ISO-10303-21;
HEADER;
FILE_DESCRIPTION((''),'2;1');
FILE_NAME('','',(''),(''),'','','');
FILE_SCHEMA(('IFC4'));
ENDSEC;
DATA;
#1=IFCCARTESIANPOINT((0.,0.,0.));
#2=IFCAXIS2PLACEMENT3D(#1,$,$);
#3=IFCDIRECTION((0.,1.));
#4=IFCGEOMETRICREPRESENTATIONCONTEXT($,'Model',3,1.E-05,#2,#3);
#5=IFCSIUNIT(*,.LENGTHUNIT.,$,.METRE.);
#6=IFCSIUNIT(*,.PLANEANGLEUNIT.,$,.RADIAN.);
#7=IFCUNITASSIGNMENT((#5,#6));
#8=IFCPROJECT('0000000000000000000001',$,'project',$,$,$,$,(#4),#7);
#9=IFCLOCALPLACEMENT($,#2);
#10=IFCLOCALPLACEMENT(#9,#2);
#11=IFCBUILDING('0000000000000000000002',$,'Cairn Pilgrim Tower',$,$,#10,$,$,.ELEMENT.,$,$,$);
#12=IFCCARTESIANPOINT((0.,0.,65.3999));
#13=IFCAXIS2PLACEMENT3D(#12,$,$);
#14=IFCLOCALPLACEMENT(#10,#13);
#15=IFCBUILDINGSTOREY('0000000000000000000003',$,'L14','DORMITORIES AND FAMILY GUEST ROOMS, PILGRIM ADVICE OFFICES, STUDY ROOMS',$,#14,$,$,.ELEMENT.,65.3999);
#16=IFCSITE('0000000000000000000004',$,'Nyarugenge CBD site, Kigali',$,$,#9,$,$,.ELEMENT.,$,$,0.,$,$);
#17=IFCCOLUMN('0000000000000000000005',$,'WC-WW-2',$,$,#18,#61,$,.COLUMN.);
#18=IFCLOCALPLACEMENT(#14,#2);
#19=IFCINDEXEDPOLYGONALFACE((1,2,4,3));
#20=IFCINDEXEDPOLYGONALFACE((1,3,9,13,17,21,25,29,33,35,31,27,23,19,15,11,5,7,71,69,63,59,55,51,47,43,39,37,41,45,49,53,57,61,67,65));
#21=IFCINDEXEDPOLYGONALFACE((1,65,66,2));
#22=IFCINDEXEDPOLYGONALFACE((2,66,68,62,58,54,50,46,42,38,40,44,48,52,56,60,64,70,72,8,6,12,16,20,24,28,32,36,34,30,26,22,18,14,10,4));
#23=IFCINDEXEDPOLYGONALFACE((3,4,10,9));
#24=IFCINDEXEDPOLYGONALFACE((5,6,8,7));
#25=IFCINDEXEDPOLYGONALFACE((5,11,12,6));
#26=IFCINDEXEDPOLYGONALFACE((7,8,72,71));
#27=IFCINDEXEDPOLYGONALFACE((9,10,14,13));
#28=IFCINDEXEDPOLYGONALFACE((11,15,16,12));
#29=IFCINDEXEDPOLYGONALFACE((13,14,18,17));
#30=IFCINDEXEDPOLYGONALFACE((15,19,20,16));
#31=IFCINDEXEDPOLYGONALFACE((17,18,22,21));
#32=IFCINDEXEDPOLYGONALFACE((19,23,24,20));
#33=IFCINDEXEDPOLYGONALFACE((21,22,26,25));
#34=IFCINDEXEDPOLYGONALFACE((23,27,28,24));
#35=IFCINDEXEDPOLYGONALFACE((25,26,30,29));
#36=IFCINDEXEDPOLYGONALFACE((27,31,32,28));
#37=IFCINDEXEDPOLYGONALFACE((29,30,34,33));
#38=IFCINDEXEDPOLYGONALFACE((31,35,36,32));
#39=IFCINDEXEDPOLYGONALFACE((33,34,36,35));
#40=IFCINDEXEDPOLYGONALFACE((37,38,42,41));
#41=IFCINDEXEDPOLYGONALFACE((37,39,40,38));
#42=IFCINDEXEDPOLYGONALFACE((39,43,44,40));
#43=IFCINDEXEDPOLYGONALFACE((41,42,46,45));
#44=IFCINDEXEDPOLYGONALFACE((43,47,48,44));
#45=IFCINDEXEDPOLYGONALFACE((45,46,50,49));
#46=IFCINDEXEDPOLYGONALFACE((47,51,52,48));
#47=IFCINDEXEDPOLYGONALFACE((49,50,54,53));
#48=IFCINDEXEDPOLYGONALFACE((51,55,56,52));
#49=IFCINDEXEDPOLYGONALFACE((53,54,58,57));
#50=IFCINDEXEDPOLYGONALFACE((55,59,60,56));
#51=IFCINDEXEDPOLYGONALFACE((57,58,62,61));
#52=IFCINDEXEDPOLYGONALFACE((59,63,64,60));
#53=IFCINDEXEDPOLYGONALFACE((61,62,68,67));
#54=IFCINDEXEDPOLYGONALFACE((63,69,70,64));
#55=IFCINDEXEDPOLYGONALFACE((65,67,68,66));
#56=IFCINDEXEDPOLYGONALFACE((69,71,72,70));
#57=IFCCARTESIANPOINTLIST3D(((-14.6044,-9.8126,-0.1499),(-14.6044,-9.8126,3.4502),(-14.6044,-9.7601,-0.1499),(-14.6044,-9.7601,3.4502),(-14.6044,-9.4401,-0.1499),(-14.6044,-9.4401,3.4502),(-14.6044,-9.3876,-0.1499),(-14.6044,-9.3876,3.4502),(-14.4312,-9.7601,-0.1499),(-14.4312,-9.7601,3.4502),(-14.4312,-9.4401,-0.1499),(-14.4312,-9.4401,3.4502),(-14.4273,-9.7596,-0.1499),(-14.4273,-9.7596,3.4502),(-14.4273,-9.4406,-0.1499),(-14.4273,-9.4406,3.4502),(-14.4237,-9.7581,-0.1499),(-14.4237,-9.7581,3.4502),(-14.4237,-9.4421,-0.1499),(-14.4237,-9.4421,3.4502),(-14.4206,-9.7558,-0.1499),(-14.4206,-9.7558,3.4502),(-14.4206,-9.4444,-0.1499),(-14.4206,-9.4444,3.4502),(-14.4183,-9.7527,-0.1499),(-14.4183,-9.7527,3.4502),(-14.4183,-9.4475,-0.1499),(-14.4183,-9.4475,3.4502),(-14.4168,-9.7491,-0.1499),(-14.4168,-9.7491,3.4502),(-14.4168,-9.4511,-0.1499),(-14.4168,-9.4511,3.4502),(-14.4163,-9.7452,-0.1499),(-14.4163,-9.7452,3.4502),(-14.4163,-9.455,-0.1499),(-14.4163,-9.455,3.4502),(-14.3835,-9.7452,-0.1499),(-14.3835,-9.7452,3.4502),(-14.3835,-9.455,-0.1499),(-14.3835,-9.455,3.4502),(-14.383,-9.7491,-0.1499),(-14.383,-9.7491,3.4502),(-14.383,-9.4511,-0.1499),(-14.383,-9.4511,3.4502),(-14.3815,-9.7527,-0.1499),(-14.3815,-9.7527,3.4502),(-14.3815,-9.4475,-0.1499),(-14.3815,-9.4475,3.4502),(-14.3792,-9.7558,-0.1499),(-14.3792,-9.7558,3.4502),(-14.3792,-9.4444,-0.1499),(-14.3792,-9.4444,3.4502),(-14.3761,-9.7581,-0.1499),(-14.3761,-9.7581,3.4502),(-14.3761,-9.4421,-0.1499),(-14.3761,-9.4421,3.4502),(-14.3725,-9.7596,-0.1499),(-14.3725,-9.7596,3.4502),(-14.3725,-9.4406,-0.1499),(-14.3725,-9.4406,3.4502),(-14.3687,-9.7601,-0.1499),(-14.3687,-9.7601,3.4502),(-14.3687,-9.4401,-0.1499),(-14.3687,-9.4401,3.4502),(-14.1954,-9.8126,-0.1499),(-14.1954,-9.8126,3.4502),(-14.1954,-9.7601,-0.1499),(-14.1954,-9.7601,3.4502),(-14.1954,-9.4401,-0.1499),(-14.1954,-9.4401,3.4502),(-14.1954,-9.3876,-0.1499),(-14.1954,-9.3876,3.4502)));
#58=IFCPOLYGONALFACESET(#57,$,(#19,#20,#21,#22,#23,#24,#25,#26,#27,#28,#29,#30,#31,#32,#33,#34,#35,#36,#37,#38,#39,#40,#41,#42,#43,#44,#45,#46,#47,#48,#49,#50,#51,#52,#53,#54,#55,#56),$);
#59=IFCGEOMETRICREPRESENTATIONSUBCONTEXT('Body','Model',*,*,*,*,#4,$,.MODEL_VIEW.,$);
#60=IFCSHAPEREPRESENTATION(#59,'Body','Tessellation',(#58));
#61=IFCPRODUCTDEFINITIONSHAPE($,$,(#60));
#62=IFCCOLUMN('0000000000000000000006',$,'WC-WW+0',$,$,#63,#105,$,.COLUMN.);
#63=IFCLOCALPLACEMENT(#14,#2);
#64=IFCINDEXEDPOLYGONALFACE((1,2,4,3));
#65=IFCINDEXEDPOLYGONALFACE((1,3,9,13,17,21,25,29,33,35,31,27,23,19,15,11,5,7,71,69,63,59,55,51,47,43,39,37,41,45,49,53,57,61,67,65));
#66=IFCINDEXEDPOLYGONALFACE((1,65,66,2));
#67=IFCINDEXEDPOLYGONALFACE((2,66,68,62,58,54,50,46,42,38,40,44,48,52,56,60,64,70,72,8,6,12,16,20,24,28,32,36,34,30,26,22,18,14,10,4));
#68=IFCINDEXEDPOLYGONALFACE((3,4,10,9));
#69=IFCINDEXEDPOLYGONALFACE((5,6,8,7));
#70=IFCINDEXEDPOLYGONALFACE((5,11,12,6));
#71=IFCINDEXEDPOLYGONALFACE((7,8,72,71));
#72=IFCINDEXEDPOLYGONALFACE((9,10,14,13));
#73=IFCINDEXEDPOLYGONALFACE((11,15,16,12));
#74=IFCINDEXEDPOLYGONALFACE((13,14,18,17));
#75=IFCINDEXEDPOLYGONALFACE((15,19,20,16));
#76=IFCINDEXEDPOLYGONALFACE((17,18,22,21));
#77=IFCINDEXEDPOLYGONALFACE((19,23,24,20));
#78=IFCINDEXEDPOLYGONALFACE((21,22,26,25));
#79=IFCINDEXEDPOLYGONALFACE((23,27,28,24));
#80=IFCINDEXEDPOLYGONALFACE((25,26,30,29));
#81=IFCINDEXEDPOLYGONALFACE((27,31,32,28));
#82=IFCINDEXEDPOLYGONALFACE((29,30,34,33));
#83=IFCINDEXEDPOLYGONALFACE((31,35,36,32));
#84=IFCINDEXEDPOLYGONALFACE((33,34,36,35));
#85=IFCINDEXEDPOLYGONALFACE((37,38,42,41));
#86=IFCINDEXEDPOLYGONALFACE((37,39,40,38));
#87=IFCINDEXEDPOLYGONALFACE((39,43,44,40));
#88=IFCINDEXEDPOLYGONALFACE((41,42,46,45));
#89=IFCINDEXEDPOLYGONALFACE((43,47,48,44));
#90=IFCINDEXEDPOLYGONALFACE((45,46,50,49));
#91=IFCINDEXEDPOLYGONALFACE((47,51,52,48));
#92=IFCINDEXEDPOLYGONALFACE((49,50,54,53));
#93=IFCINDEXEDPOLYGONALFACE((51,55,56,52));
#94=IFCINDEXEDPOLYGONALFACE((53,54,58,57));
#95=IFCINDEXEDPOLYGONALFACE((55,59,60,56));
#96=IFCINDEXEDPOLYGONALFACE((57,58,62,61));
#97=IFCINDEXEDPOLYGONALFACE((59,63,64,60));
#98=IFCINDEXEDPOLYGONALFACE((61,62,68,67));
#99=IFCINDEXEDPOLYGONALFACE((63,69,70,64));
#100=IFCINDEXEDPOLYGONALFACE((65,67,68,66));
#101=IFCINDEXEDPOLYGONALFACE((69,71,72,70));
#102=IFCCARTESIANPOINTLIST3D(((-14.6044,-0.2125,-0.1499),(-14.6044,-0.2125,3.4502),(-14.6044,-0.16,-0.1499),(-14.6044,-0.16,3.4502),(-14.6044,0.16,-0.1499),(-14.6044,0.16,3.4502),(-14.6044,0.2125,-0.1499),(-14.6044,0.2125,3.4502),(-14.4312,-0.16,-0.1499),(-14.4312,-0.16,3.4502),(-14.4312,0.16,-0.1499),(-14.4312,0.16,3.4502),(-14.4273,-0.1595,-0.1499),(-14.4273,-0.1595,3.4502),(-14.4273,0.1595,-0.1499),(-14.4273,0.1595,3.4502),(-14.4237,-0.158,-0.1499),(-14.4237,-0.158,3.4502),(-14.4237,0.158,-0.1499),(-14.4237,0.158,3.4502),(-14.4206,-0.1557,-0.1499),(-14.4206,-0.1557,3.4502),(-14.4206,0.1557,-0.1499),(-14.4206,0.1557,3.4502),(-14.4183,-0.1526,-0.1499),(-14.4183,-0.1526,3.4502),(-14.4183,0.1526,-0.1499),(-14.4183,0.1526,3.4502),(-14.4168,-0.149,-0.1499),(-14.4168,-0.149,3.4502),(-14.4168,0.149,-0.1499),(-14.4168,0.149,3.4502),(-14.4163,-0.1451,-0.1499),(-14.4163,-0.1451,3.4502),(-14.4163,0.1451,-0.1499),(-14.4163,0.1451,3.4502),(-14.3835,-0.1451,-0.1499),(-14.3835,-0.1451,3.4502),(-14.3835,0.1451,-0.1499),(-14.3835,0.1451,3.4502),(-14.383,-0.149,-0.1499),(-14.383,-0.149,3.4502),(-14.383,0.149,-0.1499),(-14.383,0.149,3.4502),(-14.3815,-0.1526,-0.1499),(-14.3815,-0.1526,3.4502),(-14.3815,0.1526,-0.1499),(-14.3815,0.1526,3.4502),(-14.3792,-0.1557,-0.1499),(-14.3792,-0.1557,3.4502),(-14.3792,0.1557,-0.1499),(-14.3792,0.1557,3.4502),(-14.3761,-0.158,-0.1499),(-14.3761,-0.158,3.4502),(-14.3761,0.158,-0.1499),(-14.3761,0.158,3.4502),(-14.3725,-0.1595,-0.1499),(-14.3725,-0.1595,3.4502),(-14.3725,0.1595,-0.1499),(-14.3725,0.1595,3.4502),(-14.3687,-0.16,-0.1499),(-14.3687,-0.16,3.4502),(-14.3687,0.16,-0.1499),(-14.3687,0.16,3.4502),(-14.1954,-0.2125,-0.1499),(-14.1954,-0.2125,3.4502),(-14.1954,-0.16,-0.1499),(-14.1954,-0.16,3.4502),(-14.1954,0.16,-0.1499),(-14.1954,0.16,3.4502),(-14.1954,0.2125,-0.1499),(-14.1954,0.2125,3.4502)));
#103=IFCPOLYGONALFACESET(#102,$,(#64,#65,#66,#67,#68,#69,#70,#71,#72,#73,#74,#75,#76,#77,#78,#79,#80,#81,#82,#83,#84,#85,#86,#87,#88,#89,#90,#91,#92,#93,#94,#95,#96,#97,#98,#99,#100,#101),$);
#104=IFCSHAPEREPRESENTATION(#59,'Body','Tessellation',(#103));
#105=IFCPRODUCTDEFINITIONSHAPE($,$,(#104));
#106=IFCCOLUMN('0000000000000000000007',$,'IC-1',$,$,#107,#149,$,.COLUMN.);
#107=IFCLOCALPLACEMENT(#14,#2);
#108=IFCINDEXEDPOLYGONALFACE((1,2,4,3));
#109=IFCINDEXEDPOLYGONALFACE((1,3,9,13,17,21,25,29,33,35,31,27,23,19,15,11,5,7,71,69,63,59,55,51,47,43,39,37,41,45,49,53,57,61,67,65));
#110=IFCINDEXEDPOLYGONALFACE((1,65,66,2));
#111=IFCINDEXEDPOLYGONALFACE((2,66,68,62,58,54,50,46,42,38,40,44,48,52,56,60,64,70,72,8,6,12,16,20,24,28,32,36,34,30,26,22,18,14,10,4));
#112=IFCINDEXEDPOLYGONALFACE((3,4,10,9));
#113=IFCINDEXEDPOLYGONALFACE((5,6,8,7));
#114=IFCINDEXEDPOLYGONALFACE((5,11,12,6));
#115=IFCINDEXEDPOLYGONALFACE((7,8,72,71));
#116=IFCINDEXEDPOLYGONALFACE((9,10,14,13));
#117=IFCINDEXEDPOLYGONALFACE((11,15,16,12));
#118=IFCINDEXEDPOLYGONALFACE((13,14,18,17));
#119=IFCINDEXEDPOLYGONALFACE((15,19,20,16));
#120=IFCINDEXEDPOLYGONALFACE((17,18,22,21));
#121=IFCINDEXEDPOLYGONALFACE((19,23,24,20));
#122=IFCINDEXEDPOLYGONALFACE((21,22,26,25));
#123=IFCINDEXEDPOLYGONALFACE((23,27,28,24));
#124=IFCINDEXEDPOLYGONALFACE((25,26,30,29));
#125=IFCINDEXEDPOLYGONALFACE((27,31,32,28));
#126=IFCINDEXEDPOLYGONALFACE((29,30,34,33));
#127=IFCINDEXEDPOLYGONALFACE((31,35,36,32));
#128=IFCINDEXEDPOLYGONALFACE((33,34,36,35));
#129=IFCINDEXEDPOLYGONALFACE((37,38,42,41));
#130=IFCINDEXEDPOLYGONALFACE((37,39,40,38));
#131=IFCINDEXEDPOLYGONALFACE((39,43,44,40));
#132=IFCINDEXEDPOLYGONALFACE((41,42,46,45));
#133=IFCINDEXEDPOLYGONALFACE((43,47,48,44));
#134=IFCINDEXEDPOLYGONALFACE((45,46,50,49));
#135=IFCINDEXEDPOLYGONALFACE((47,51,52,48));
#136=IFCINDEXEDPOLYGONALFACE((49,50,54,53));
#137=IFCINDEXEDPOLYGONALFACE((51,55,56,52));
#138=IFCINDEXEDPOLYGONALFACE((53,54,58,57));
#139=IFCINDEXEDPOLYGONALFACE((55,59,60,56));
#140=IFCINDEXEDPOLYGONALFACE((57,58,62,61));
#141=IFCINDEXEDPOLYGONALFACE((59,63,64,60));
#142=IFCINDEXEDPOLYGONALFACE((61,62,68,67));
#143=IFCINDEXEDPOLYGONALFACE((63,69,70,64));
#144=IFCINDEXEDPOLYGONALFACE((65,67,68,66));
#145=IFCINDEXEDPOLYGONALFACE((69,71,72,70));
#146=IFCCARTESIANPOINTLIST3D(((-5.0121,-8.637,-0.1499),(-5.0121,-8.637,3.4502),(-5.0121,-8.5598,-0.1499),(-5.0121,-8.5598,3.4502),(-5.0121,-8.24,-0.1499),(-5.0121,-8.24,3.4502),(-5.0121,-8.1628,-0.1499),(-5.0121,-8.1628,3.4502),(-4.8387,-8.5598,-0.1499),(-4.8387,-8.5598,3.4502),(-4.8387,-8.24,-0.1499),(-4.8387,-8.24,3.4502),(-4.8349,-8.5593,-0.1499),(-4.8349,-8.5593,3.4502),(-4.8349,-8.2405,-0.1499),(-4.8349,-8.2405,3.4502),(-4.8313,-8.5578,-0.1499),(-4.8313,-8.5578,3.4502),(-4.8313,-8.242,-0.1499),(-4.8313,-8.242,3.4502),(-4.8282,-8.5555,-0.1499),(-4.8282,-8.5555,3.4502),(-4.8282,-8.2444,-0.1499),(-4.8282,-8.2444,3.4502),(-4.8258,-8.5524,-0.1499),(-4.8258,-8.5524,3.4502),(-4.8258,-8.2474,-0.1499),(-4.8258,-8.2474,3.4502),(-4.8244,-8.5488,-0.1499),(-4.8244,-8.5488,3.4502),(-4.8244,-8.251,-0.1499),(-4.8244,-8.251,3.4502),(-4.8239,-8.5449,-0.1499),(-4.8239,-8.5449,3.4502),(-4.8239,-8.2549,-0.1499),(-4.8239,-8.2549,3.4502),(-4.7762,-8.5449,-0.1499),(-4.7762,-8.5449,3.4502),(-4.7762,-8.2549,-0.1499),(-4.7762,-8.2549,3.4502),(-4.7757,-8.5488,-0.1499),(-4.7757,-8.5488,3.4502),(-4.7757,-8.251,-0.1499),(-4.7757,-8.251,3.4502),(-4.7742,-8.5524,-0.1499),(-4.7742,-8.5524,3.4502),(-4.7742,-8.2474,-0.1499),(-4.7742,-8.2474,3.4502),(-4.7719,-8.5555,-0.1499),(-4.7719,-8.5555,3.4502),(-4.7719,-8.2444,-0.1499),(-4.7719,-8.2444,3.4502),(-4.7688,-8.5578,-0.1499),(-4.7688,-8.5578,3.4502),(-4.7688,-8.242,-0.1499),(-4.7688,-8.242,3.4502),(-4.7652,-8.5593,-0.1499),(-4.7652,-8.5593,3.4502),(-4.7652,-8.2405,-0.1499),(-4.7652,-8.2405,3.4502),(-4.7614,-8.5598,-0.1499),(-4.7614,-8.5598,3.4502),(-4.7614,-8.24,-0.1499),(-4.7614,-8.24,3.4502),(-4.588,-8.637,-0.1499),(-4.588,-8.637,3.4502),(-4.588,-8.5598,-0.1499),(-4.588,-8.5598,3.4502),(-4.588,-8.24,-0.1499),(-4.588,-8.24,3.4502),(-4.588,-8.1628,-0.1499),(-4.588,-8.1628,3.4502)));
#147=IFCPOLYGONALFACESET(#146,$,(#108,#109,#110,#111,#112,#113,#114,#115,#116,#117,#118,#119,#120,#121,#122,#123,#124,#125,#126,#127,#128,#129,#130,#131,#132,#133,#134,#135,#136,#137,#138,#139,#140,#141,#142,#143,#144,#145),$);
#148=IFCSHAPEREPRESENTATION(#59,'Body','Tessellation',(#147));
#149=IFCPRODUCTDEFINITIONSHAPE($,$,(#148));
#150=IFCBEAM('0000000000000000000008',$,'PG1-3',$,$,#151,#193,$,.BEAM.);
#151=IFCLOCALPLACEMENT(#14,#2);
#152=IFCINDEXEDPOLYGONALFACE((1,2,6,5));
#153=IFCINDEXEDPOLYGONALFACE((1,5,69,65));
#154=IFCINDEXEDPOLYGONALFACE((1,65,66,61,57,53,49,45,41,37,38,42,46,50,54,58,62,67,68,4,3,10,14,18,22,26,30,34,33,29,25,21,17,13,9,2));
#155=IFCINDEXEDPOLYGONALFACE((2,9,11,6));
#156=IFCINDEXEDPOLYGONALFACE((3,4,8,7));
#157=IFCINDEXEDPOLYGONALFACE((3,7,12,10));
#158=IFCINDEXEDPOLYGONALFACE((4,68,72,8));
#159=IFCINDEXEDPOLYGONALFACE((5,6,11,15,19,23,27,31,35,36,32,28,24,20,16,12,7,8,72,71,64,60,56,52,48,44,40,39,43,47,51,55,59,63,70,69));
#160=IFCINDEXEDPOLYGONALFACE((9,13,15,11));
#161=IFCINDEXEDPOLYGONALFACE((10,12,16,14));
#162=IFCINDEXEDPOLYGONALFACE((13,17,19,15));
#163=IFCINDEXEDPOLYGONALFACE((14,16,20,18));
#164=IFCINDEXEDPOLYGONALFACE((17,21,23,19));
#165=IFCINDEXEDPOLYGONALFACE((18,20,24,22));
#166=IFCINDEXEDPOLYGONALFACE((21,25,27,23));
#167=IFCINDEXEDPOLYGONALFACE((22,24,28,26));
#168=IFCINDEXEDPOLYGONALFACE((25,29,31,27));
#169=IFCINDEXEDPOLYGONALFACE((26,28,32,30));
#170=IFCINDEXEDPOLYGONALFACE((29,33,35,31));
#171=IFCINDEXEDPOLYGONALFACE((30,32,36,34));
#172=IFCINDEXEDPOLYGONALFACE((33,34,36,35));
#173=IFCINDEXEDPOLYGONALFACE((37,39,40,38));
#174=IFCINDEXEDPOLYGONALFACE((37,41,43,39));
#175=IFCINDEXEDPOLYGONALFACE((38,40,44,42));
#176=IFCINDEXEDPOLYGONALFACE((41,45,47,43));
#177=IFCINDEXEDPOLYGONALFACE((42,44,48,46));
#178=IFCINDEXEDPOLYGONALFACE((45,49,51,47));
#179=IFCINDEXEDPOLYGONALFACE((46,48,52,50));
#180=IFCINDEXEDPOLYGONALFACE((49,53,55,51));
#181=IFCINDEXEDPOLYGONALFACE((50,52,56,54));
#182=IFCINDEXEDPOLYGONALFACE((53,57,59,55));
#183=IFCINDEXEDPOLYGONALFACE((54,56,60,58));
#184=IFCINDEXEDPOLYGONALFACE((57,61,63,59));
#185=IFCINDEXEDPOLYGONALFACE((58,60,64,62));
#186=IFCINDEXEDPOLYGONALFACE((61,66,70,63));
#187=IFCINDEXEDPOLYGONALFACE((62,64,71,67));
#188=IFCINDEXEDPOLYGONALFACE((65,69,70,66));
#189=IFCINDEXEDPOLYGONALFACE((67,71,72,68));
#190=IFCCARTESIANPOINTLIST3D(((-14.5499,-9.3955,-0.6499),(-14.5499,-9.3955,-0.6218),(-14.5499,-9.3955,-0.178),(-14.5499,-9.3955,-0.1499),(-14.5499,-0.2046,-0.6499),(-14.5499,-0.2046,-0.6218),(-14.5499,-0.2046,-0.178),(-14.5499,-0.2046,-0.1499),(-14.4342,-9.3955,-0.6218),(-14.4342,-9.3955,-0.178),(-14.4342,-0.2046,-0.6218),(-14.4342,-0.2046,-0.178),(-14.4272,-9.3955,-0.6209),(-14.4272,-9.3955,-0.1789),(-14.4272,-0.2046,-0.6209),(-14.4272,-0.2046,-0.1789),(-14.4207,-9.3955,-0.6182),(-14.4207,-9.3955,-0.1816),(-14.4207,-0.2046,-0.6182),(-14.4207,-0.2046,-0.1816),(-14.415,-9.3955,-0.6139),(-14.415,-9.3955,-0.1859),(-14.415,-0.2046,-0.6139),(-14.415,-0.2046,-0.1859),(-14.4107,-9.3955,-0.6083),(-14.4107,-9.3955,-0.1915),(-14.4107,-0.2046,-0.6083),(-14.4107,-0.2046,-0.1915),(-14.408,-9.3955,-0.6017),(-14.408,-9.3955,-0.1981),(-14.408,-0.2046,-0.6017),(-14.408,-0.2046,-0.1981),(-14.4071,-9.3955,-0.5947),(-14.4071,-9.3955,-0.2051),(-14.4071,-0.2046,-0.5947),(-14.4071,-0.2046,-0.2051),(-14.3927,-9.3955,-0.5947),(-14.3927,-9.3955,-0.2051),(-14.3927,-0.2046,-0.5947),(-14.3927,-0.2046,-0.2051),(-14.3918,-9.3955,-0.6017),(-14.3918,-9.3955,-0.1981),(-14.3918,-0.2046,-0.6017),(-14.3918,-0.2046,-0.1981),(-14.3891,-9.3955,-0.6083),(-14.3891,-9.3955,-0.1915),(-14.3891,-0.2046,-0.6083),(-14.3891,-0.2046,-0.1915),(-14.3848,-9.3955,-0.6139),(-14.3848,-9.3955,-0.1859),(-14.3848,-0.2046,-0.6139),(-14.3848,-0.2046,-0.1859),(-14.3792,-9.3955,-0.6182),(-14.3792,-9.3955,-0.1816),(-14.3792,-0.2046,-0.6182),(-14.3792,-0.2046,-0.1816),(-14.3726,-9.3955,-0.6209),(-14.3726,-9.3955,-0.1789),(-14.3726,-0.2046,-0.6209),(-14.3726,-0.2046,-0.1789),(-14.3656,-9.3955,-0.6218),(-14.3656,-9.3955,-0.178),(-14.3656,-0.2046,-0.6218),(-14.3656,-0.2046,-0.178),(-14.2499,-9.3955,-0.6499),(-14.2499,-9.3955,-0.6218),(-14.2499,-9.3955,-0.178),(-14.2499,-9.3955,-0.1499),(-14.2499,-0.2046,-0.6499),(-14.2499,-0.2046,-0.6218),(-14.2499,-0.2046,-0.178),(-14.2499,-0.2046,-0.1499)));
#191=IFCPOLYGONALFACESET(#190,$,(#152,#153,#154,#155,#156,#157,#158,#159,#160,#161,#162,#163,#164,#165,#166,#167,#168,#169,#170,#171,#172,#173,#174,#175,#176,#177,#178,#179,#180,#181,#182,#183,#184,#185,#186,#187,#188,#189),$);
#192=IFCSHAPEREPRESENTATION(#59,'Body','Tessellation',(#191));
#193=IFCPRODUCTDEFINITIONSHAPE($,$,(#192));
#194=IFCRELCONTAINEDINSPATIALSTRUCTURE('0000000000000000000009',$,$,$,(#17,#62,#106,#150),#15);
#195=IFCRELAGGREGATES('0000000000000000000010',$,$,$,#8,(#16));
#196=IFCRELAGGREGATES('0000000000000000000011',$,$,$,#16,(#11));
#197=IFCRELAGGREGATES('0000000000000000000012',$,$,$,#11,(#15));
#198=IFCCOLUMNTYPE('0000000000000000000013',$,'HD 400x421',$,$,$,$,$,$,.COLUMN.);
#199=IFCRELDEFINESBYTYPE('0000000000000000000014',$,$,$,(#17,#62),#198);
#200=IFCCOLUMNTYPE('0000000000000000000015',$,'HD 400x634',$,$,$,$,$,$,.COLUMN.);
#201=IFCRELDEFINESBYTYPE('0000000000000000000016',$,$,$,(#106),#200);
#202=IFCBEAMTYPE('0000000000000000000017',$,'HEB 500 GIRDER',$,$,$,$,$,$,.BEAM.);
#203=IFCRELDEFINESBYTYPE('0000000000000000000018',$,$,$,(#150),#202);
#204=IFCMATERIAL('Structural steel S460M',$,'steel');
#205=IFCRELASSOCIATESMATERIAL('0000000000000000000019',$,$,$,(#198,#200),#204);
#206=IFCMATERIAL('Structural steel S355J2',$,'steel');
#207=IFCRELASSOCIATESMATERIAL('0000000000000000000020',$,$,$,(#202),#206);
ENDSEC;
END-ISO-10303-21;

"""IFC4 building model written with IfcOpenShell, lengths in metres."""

from ifc_helpers import new_model, si_unit, direction, frame, origin, origin_2d, place, context, subcontext, project, spatial, i_section, extrude, material, material_profile, profile_set, type_object, element, save


model = new_model("IFC4")

# Units and contexts
model_context = context("Model", 3, precision=1e-05, world=origin(), true_north=direction((0.0, 1.0)))
body_context = subcontext(model_context, "Body", "Model", "MODEL_VIEW")
ifc_project = project(units=[si_unit("LENGTHUNIT", "METRE"), si_unit("PLANEANGLEUNIT", "RADIAN")], contexts=[model_context])

# Site, building, storey
site_placement = place(None, origin())
site = spatial("IfcSite", under=ifc_project, at=site_placement, Name="Nyarugenge CBD site, Kigali", CompositionType="ELEMENT", RefElevation=0.0)
building_placement = place(site_placement, origin())
building = spatial("IfcBuilding", under=site, at=building_placement, Name="Cairn Pilgrim Tower", CompositionType="ELEMENT")
storey_placement = place(building_placement, frame((0.0, 0.0, 65.3999)))
storey = spatial("IfcBuildingStorey", under=building, at=storey_placement, Name="L14", Description="DORMITORIES AND FAMILY GUEST ROOMS, PILGRIM ADVICE OFFICES, STUDY ROOMS", CompositionType="ELEMENT", Elevation=65.3999)

# Columns
ifc_material_1 = material(Name="Structural steel S460M", Category="steel")
ifc_material_profile_1 = material_profile(ifc_material_1, i_section(OverallWidth=0.4089, OverallDepth=0.425, WebThickness=0.0327, FlangeThickness=0.0525, FilletRadius=0.0149, at=origin_2d()), Name="HD 400x421")
ifc_profile_set_1 = profile_set([ifc_material_profile_1], Name="Structural steel S460M")
column_type_1 = type_object("IfcColumnType", Name="HD 400x421", PredefinedType="COLUMN", material=ifc_profile_set_1)
for number, where, z_axis, x_axis, name in (
    (1, (-14.3999, -9.6001, -0.1499), (0.0, 0.0, 1.0), (1.0, 0.0, 0.0), "WC-WW-2"),
    (2, (-14.3999, 0.0, -0.1499), (0.0, 0.0, 1.0), (1.0, 0.0, 0.0), "WC-WW+0"),
):
    element("IfcColumn", number, at=place(storey_placement, frame(where, z_axis=z_axis, x_axis=x_axis)), inside=storey, type_object=column_type_1, Name=name, PredefinedType="COLUMN", context=body_context, shape_type="SweptSolid", body=[
        extrude(i_section(OverallWidth=0.4089, OverallDepth=0.425, WebThickness=0.0327, FlangeThickness=0.0525, FilletRadius=0.0149, at=origin_2d()), origin(), (0.0, 0.0, 1.0), 3.6001),
    ])
ifc_material_profile_2 = material_profile(ifc_material_1, i_section(OverallWidth=0.4241, OverallDepth=0.4741, WebThickness=0.0476, FlangeThickness=0.0771, FilletRadius=0.0149, at=origin_2d()), Name="HD 400x634")
ifc_profile_set_2 = profile_set([ifc_material_profile_2], Name="Structural steel S460M")
column_type_2 = type_object("IfcColumnType", Name="HD 400x634", PredefinedType="COLUMN", material=ifc_profile_set_2)
column_placement = place(storey_placement, frame((-4.8, -8.3999, -0.1499), z_axis=(0.0, 0.0, 1.0), x_axis=(1.0, 0.0, 0.0)))
element("IfcColumn", 3, at=column_placement, inside=storey, type_object=column_type_2, Name="IC-1", PredefinedType="COLUMN", context=body_context, shape_type="SweptSolid", body=[
    extrude(i_section(OverallWidth=0.4241, OverallDepth=0.4741, WebThickness=0.0476, FlangeThickness=0.0771, FilletRadius=0.0149, at=origin_2d()), origin(), (0.0, 0.0, 1.0), 3.6001),
])

# Beam
ifc_material_2 = material(Name="Structural steel S355J2", Category="steel")
ifc_material_profile_3 = material_profile(ifc_material_2, i_section(OverallWidth=0.3, OverallDepth=0.5, WebThickness=0.0144, FlangeThickness=0.0281, FilletRadius=0.0271, at=origin_2d()), Name="HEB 500")
ifc_profile_set_3 = profile_set([ifc_material_profile_3], Name="Structural steel S355J2")
beam_type_1 = type_object("IfcBeamType", Name="HEB 500 GIRDER", PredefinedType="BEAM", material=ifc_profile_set_3)
beam_1_placement = place(storey_placement, frame((-14.3999, -9.3955, -0.3999), z_axis=(0.0, 1.0, 0.0), x_axis=(-1.0, 0.0, 0.0)))
element("IfcBeam", 4, at=beam_1_placement, inside=storey, type_object=beam_type_1, Name="PG1-3", PredefinedType="BEAM", context=body_context, shape_type="SweptSolid", body=[
    extrude(i_section(OverallWidth=0.3, OverallDepth=0.5, WebThickness=0.0144, FlangeThickness=0.0281, FilletRadius=0.0271, at=origin_2d()), origin(), (0.0, 0.0, 1.0), 9.1909),
])

save(model, "model.ifc")
